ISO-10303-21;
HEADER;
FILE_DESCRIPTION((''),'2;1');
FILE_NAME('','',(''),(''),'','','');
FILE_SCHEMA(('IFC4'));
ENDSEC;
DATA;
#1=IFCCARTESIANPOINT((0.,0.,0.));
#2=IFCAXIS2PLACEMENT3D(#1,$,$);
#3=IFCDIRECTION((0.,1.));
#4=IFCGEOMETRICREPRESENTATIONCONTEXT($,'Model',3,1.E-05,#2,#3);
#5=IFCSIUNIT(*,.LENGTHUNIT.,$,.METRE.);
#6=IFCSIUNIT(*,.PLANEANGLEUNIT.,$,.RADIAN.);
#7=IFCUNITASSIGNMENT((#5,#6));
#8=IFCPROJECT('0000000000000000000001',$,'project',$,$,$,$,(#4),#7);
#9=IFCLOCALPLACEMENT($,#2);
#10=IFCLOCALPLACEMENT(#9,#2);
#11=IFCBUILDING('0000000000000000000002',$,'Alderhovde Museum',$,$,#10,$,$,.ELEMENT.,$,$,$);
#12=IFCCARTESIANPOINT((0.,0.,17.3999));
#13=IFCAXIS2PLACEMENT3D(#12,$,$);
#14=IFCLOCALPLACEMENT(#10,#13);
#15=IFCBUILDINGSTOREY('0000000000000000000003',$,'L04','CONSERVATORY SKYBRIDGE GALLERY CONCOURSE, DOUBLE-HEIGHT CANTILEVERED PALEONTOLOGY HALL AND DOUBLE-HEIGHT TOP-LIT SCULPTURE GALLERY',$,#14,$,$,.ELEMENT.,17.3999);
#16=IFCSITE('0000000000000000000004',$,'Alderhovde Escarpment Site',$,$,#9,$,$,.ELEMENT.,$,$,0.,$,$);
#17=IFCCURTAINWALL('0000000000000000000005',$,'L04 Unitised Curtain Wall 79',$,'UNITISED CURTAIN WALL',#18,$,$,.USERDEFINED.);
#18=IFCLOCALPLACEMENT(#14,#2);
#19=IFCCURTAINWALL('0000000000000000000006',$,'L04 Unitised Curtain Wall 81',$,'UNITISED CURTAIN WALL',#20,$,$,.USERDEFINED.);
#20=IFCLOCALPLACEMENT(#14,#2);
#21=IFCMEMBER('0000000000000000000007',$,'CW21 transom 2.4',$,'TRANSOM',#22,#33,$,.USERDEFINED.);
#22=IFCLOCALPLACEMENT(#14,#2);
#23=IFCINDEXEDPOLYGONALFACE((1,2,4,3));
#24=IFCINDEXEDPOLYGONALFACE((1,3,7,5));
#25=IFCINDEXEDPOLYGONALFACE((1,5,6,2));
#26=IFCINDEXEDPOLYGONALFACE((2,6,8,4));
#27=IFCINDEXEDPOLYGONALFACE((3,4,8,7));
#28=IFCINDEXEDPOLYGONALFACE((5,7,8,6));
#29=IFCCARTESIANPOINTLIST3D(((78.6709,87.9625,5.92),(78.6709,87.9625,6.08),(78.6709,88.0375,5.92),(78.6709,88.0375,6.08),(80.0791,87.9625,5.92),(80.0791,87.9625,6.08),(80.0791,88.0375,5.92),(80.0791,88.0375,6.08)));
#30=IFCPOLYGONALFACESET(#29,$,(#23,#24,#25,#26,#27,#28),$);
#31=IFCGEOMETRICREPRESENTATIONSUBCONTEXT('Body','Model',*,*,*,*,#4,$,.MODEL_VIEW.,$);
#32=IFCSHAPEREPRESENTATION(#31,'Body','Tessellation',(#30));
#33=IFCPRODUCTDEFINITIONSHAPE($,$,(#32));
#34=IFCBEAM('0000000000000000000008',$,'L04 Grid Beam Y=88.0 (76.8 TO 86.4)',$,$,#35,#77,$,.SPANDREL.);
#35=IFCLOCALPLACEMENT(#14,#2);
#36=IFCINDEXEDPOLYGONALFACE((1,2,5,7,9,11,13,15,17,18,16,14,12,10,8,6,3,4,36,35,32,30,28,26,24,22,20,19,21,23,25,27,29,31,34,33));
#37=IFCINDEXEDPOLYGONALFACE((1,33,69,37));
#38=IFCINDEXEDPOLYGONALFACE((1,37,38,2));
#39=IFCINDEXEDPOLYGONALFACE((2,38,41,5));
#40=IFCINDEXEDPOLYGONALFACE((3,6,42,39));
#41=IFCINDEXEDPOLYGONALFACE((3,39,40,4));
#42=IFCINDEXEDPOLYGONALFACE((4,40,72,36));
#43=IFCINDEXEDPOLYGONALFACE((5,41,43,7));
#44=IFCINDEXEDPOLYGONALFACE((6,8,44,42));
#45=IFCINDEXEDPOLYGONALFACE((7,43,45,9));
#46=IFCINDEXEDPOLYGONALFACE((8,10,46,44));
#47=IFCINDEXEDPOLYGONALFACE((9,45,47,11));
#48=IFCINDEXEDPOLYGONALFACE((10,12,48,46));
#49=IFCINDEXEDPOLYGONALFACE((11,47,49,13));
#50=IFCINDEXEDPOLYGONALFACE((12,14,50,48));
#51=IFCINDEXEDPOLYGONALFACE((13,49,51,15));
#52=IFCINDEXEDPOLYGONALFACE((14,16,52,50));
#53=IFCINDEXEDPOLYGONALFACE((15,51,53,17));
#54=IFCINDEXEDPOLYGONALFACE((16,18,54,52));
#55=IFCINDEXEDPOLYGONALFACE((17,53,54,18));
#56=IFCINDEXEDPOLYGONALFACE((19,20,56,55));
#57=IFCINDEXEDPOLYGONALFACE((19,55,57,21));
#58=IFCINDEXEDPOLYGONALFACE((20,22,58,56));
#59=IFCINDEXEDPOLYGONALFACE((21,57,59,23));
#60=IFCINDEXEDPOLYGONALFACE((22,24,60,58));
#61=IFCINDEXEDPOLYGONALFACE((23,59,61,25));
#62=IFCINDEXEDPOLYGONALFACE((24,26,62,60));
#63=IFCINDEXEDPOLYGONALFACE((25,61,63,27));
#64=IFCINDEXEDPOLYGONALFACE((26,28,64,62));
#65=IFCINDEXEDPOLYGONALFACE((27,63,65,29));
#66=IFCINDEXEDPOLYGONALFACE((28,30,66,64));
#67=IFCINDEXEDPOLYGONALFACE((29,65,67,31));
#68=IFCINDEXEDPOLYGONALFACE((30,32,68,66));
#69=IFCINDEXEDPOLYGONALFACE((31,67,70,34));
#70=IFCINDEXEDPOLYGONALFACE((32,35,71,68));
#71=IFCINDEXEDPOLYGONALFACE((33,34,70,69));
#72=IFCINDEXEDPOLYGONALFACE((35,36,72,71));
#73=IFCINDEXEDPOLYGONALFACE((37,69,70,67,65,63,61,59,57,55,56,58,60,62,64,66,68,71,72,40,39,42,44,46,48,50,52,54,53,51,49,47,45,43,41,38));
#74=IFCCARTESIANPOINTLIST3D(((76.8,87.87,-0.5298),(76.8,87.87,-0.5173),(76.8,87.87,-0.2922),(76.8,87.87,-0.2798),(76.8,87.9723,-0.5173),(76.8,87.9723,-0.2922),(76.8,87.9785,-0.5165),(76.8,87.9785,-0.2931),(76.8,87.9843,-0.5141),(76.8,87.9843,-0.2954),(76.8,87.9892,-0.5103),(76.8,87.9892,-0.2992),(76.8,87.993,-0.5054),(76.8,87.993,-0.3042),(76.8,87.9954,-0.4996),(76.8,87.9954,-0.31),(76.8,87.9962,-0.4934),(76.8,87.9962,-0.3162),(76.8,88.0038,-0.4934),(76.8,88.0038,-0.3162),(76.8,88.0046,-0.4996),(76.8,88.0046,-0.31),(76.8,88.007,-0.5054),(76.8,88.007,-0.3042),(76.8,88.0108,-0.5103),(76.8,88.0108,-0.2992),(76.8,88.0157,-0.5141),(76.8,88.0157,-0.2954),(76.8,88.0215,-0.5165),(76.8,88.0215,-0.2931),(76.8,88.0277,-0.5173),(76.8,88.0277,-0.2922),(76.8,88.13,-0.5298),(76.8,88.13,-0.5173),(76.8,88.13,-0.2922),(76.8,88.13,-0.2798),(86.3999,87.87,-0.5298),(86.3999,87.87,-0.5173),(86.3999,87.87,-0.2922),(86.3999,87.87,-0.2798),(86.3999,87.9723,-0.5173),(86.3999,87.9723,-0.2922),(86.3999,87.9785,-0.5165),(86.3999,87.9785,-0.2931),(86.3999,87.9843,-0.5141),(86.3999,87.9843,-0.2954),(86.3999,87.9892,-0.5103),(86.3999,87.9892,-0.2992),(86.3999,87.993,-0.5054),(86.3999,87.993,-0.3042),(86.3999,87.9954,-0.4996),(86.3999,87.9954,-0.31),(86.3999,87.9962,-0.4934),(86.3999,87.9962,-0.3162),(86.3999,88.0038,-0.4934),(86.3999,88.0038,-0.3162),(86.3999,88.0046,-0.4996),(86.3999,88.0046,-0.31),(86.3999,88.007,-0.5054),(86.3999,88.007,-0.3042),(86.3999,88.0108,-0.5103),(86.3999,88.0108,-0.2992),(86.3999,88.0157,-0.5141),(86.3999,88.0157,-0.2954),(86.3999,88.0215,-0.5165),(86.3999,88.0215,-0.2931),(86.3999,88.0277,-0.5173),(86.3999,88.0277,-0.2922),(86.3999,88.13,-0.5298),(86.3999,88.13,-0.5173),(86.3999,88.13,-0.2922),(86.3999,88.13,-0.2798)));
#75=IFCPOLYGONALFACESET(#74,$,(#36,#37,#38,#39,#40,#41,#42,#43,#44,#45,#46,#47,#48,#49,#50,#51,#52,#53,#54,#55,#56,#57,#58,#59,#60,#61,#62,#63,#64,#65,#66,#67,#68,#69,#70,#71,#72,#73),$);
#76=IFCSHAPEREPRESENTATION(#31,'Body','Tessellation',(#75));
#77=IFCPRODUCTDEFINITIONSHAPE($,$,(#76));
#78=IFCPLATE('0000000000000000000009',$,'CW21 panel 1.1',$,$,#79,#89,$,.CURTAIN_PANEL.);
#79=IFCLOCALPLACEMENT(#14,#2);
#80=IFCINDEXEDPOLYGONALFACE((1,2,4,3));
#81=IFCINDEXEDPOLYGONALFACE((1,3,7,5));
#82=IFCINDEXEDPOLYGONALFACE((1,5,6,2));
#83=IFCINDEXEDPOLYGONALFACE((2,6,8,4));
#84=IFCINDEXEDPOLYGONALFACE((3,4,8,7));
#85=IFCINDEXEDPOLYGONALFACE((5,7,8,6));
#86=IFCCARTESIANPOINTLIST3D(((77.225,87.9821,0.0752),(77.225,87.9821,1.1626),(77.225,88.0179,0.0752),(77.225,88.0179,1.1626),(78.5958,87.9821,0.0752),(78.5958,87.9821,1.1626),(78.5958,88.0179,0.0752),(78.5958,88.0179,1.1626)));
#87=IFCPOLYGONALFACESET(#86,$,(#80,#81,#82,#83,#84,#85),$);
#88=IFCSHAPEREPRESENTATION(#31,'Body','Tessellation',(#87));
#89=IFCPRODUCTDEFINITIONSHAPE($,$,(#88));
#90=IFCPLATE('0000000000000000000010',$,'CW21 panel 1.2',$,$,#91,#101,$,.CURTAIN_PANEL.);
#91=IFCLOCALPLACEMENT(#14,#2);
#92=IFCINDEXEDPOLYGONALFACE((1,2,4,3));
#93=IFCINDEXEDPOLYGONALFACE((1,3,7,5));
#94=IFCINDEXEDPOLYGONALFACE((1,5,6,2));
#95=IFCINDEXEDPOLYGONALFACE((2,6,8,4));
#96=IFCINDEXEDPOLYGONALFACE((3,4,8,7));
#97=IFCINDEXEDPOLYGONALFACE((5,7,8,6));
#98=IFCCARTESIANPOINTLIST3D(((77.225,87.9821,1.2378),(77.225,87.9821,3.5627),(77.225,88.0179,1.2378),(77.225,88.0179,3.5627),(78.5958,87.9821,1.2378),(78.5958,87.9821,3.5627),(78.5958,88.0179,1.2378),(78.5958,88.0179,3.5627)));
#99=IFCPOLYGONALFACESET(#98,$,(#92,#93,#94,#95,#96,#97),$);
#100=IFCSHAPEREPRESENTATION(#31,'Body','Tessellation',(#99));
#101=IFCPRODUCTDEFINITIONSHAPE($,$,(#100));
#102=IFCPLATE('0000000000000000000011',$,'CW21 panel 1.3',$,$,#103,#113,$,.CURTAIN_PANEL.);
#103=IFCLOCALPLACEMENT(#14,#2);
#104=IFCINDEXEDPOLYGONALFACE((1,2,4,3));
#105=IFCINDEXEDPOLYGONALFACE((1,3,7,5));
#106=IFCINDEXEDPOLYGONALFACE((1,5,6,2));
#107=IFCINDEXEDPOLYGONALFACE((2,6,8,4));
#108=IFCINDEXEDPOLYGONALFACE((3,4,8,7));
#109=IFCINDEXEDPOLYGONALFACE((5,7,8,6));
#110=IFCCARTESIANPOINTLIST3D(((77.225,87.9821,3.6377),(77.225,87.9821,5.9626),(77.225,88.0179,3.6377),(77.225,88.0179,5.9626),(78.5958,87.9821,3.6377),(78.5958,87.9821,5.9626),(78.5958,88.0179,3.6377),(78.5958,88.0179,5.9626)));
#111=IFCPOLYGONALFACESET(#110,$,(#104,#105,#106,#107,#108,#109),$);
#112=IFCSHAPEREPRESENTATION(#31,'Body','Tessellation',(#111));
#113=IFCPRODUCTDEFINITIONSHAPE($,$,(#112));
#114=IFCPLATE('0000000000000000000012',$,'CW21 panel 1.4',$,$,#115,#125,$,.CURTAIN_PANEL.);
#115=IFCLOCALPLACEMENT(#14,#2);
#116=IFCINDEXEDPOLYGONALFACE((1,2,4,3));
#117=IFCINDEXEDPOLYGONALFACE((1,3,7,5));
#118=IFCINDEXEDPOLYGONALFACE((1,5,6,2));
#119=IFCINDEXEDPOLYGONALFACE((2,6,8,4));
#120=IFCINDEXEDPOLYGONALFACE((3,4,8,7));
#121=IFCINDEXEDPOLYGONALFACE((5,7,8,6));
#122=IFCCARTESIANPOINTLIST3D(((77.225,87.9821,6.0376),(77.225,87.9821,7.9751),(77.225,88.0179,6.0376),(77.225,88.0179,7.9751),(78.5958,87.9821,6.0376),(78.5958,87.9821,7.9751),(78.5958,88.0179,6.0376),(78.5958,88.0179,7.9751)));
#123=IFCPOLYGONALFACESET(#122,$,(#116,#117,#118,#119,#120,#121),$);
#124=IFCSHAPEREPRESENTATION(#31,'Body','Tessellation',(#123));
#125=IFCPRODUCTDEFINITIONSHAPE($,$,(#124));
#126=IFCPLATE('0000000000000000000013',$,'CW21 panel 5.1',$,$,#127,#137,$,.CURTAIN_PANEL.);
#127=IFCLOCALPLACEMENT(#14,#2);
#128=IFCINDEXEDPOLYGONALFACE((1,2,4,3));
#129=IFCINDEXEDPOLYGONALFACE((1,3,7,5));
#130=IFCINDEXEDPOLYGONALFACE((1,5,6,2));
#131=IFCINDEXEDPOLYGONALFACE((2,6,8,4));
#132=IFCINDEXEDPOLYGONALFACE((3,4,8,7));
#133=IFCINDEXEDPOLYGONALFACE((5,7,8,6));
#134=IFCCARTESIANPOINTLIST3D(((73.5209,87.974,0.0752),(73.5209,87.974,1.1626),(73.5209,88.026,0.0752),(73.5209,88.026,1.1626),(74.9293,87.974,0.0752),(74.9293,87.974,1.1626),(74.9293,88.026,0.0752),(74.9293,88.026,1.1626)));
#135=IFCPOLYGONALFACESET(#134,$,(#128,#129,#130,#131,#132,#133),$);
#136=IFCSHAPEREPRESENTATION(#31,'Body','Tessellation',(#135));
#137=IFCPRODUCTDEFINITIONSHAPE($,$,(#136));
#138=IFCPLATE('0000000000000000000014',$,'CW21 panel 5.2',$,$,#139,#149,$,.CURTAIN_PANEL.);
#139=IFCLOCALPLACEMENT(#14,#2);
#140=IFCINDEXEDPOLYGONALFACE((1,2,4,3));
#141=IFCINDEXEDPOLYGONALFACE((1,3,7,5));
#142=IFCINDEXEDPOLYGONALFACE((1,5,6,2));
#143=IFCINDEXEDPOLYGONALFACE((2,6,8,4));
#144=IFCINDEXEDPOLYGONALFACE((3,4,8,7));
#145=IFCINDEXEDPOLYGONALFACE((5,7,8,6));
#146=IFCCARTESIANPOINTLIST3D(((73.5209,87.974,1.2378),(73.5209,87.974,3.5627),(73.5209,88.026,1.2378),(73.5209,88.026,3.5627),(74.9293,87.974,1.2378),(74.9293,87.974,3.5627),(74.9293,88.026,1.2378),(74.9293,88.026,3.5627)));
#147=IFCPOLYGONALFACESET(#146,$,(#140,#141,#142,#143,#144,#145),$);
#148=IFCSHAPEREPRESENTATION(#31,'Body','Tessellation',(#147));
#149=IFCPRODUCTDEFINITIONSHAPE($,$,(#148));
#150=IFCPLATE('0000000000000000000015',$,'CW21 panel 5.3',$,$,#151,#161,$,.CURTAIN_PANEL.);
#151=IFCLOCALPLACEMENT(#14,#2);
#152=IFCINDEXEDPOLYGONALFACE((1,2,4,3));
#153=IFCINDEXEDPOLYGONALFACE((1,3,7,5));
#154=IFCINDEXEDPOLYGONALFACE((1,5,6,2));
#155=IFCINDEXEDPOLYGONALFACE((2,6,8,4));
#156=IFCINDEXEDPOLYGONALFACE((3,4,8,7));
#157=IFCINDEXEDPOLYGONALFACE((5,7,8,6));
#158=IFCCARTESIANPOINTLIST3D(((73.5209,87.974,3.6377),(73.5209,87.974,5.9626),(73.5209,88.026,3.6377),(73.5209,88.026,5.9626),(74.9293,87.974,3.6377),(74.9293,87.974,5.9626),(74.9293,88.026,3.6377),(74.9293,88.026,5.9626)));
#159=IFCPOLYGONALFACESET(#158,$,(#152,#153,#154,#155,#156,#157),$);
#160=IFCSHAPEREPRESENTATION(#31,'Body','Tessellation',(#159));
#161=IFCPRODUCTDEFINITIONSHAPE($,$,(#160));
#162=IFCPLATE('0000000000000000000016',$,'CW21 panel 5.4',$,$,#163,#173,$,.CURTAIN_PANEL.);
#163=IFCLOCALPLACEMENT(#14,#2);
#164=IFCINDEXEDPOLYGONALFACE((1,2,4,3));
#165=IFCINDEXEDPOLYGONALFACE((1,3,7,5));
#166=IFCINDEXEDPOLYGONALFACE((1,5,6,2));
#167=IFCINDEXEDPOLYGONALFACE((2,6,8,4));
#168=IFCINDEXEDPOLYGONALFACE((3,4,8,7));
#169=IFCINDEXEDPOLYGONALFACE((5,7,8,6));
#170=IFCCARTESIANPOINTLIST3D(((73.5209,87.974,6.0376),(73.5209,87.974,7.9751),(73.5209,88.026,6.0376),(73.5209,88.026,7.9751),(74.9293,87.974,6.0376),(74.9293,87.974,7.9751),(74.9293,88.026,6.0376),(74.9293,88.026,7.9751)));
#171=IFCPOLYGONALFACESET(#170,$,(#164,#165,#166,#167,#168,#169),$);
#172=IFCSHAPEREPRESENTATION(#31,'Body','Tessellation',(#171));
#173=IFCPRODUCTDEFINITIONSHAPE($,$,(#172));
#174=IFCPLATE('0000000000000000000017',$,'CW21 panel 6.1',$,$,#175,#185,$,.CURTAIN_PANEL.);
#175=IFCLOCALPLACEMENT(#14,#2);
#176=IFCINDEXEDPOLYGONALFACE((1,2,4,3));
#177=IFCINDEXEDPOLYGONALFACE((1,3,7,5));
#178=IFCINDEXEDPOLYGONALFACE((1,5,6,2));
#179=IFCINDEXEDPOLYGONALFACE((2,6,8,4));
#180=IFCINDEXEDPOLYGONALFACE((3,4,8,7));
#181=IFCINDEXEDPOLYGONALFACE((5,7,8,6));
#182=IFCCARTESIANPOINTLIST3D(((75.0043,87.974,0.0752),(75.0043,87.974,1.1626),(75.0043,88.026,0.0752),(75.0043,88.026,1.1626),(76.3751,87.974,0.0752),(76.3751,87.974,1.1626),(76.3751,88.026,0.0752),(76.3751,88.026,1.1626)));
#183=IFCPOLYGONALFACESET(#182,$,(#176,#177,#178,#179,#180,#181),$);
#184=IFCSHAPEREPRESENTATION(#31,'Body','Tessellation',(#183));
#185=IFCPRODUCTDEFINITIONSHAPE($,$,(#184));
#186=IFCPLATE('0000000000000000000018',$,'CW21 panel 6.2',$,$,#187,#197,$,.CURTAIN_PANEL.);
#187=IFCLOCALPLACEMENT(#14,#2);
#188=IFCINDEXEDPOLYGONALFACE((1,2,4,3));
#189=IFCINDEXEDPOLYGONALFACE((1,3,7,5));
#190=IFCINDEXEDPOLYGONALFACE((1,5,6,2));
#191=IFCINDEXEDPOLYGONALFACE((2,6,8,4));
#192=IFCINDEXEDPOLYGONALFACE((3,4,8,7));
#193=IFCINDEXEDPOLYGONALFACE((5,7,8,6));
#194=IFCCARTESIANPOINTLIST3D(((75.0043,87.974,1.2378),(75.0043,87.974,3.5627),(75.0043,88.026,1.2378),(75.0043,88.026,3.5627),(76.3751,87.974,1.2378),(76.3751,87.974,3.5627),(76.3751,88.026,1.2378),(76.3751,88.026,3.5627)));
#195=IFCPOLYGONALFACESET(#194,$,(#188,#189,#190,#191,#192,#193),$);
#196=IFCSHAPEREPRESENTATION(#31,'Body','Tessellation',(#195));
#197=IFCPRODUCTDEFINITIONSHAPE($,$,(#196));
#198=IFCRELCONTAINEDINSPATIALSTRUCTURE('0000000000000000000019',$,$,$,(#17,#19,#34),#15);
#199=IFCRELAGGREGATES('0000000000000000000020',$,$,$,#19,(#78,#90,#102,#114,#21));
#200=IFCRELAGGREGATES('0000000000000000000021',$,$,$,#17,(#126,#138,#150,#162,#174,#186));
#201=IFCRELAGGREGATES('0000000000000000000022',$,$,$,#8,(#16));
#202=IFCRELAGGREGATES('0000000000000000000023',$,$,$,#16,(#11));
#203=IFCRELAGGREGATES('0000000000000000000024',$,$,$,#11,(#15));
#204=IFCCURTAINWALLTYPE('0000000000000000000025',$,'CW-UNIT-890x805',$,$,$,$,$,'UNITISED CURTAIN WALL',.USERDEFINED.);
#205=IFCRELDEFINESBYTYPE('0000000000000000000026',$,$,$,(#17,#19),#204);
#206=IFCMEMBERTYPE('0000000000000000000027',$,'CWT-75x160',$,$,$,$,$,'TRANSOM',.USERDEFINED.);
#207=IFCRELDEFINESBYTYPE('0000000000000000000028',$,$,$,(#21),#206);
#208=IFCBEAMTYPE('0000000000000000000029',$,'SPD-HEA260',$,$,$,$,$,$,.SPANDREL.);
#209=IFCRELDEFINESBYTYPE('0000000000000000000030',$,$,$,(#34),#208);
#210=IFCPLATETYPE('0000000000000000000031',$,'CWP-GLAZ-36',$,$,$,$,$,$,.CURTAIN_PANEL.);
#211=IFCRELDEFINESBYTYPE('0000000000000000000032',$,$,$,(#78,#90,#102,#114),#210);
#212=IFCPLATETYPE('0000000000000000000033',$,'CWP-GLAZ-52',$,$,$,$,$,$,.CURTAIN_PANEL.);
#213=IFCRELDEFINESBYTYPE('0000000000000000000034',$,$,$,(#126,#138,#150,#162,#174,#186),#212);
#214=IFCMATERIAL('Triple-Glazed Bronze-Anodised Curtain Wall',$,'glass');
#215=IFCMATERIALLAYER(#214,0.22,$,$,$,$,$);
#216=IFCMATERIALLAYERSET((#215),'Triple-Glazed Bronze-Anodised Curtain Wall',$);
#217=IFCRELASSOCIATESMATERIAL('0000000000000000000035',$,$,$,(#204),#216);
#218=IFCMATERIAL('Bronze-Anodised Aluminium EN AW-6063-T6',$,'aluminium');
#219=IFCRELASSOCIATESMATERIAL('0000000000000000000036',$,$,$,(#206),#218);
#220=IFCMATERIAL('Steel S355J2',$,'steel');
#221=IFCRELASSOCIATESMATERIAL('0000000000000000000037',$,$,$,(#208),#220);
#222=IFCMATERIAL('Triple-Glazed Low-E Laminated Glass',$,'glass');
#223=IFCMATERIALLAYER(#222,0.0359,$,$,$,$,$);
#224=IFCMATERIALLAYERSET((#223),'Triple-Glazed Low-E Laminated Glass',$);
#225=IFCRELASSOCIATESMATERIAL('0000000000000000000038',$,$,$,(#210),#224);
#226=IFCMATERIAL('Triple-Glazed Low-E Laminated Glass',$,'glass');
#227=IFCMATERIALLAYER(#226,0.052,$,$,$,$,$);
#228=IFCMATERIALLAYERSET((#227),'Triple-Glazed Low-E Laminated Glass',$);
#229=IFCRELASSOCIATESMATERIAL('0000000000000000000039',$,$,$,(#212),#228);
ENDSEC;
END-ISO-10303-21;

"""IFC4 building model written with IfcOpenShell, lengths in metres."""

from ifc_helpers import new_model, si_unit, direction, frame, origin, origin_2d, place, context, subcontext, project, spatial, rectangle, i_section, extrude, material, layer, layer_set, material_profile, profile_set, type_object, element, aggregate, save


model = new_model("IFC4")

# Units and contexts
model_context = context("Model", 3, precision=1e-05, world=origin(), true_north=direction((0.0, 1.0)))
body_context = subcontext(model_context, "Body", "Model", "MODEL_VIEW")
ifc_project = project(units=[si_unit("LENGTHUNIT", "METRE"), si_unit("PLANEANGLEUNIT", "RADIAN")], contexts=[model_context])

# Site, building, storey
site_placement = place(None, origin())
site = spatial("IfcSite", under=ifc_project, at=site_placement, Name="Alderhovde Escarpment Site", CompositionType="ELEMENT", RefElevation=0.0)
building_placement = place(site_placement, origin())
building = spatial("IfcBuilding", under=site, at=building_placement, Name="Alderhovde Museum", CompositionType="ELEMENT")
storey_placement = place(building_placement, frame((0.0, 0.0, 17.3999)))
storey = spatial("IfcBuildingStorey", under=building, at=storey_placement, Name="L04", Description="CONSERVATORY SKYBRIDGE GALLERY CONCOURSE, DOUBLE-HEIGHT CANTILEVERED PALEONTOLOGY HALL AND DOUBLE-HEIGHT TOP-LIT SCULPTURE GALLERY", CompositionType="ELEMENT", Elevation=17.3999)

# Curtain walls
ifc_material_1 = material(Name="Triple-Glazed Bronze-Anodised Curtain Wall", Category="glass")
ifc_layer_1 = layer(ifc_material_1, 0.22)
ifc_layer_set_1 = layer_set([ifc_layer_1], Name="Triple-Glazed Bronze-Anodised Curtain Wall")
curtain_wall_type = type_object("IfcCurtainWallType", Name="CW-UNIT-890x805", ElementType="UNITISED CURTAIN WALL", PredefinedType="USERDEFINED", material=ifc_layer_set_1)
curtain_wall_1_placement = place(storey_placement, origin())
curtain_wall_1 = element("IfcCurtainWall", 1, at=curtain_wall_1_placement, inside=storey, type_object=curtain_wall_type, Name="L04 Unitised Curtain Wall 79", ObjectType="UNITISED CURTAIN WALL", PredefinedType="USERDEFINED")
curtain_wall_2_placement = place(storey_placement, origin())
curtain_wall_2 = element("IfcCurtainWall", 2, at=curtain_wall_2_placement, inside=storey, type_object=curtain_wall_type, Name="L04 Unitised Curtain Wall 81", ObjectType="UNITISED CURTAIN WALL", PredefinedType="USERDEFINED")

# Member
ifc_material_2 = material(Name="Bronze-Anodised Aluminium EN AW-6063-T6", Category="aluminium")
ifc_material_profile_1 = material_profile(ifc_material_2, rectangle(XDim=0.075, YDim=0.1599, at=origin_2d()), Name="TRANSOM 75x160")
ifc_profile_set_1 = profile_set([ifc_material_profile_1], Name="Bronze-Anodised Aluminium EN AW-6063-T6")
member_type_1 = type_object("IfcMemberType", Name="CWT-75x160", ElementType="TRANSOM", PredefinedType="USERDEFINED", material=ifc_profile_set_1)
member_1_placement = place(storey_placement, frame((78.6709, 88.0, 6.0), z_axis=(1.0, 0.0, 0.0), x_axis=(0.0, 1.0, 0.0)))
member_1 = element("IfcMember", 3, at=member_1_placement, type_object=member_type_1, Name="CW21 transom 2.4", ObjectType="TRANSOM", PredefinedType="USERDEFINED", context=body_context, shape_type="SweptSolid", body=[
    extrude(rectangle(XDim=0.075, YDim=0.1599, at=origin_2d()), origin(), (0.0, 0.0, 1.0), 1.4082),
])

# Beam
ifc_material_3 = material(Name="Steel S355J2", Category="steel")
ifc_material_profile_2 = material_profile(ifc_material_3, i_section(OverallWidth=0.26, OverallDepth=0.25, WebThickness=0.0076, FlangeThickness=0.0125, FilletRadius=0.0239, at=origin_2d()), Name="HEA 260")
ifc_profile_set_2 = profile_set([ifc_material_profile_2], Name="Steel S355J2")
beam_type_1 = type_object("IfcBeamType", Name="SPD-HEA260", PredefinedType="SPANDREL", material=ifc_profile_set_2)
beam_1_placement = place(storey_placement, frame((76.8, 88.0, -0.4048), z_axis=(1.0, 0.0, 0.0), x_axis=(0.0, 1.0, 0.0)))
element("IfcBeam", 4, at=beam_1_placement, inside=storey, type_object=beam_type_1, Name="L04 Grid Beam Y=88.0 (76.8 TO 86.4)", PredefinedType="SPANDREL", context=body_context, shape_type="SweptSolid", body=[
    extrude(i_section(OverallWidth=0.26, OverallDepth=0.25, WebThickness=0.0076, FlangeThickness=0.0125, FilletRadius=0.0239, at=origin_2d()), origin(), (0.0, 0.0, 1.0), 9.5999),
])

# Plates
ifc_material_4 = material(Name="Triple-Glazed Low-E Laminated Glass", Category="glass")
ifc_layer_2 = layer(ifc_material_4, 0.0359)
ifc_layer_set_2 = layer_set([ifc_layer_2], Name="Triple-Glazed Low-E Laminated Glass")
plate_type_1 = type_object("IfcPlateType", Name="CWP-GLAZ-36", PredefinedType="CURTAIN_PANEL", material=ifc_layer_set_2)
plate_1_placement = place(storey_placement, frame((77.9104, 88.0, 0.0752), z_axis=(0.0, 0.0, 1.0), x_axis=(1.0, 0.0, 0.0)))
plate_1 = element("IfcPlate", 5, at=plate_1_placement, type_object=plate_type_1, Name="CW21 panel 1.1", PredefinedType="CURTAIN_PANEL", context=body_context, shape_type="SweptSolid", body=[
    extrude(rectangle(XDim=1.3708, YDim=0.0359, at=origin_2d()), origin(), (0.0, 0.0, 1.0), 1.0874),
])
plate_2_placement = place(storey_placement, frame((77.9104, 88.0, 1.2378), z_axis=(0.0, 0.0, 1.0), x_axis=(1.0, 0.0, 0.0)))
plate_2 = element("IfcPlate", 6, at=plate_2_placement, type_object=plate_type_1, Name="CW21 panel 1.2", PredefinedType="CURTAIN_PANEL", context=body_context, shape_type="SweptSolid", body=[
    extrude(rectangle(XDim=1.3708, YDim=0.0359, at=origin_2d()), origin(), (0.0, 0.0, 1.0), 2.325),
])
plate_3_placement = place(storey_placement, frame((77.9104, 88.0, 3.6377), z_axis=(0.0, 0.0, 1.0), x_axis=(1.0, 0.0, 0.0)))
plate_3 = element("IfcPlate", 7, at=plate_3_placement, type_object=plate_type_1, Name="CW21 panel 1.3", PredefinedType="CURTAIN_PANEL", context=body_context, shape_type="SweptSolid", body=[
    extrude(rectangle(XDim=1.3708, YDim=0.0359, at=origin_2d()), origin(), (0.0, 0.0, 1.0), 2.325),
])
plate_4_placement = place(storey_placement, frame((77.9104, 88.0, 6.0376), z_axis=(0.0, 0.0, 1.0), x_axis=(1.0, 0.0, 0.0)))
plate_4 = element("IfcPlate", 8, at=plate_4_placement, type_object=plate_type_1, Name="CW21 panel 1.4", PredefinedType="CURTAIN_PANEL", context=body_context, shape_type="SweptSolid", body=[
    extrude(rectangle(XDim=1.3708, YDim=0.0359, at=origin_2d()), origin(), (0.0, 0.0, 1.0), 1.9375),
])
aggregate(curtain_wall_2, [plate_1, plate_2, plate_3, plate_4, member_1])
ifc_material_5 = material(Name="Triple-Glazed Low-E Laminated Glass", Category="glass")
ifc_layer_3 = layer(ifc_material_5, 0.052)
ifc_layer_set_3 = layer_set([ifc_layer_3], Name="Triple-Glazed Low-E Laminated Glass")
plate_type_2 = type_object("IfcPlateType", Name="CWP-GLAZ-52", PredefinedType="CURTAIN_PANEL", material=ifc_layer_set_3)
plate_5_placement = place(storey_placement, frame((74.2251, 88.0, 0.0752), z_axis=(0.0, 0.0, 1.0), x_axis=(1.0, 0.0, 0.0)))
plate_5 = element("IfcPlate", 9, at=plate_5_placement, type_object=plate_type_2, Name="CW21 panel 5.1", PredefinedType="CURTAIN_PANEL", context=body_context, shape_type="SweptSolid", body=[
    extrude(rectangle(XDim=1.4084, YDim=0.052, at=origin_2d()), origin(), (0.0, 0.0, 1.0), 1.0874),
])
plate_6_placement = place(storey_placement, frame((74.2251, 88.0, 1.2378), z_axis=(0.0, 0.0, 1.0), x_axis=(1.0, 0.0, 0.0)))
plate_6 = element("IfcPlate", 10, at=plate_6_placement, type_object=plate_type_2, Name="CW21 panel 5.2", PredefinedType="CURTAIN_PANEL", context=body_context, shape_type="SweptSolid", body=[
    extrude(rectangle(XDim=1.4084, YDim=0.052, at=origin_2d()), origin(), (0.0, 0.0, 1.0), 2.325),
])
plate_7_placement = place(storey_placement, frame((74.2251, 88.0, 3.6377), z_axis=(0.0, 0.0, 1.0), x_axis=(1.0, 0.0, 0.0)))
plate_7 = element("IfcPlate", 11, at=plate_7_placement, type_object=plate_type_2, Name="CW21 panel 5.3", PredefinedType="CURTAIN_PANEL", context=body_context, shape_type="SweptSolid", body=[
    extrude(rectangle(XDim=1.4084, YDim=0.052, at=origin_2d()), origin(), (0.0, 0.0, 1.0), 2.325),
])
plate_8_placement = place(storey_placement, frame((74.2251, 88.0, 6.0376), z_axis=(0.0, 0.0, 1.0), x_axis=(1.0, 0.0, 0.0)))
plate_8 = element("IfcPlate", 12, at=plate_8_placement, type_object=plate_type_2, Name="CW21 panel 5.4", PredefinedType="CURTAIN_PANEL", context=body_context, shape_type="SweptSolid", body=[
    extrude(rectangle(XDim=1.4084, YDim=0.052, at=origin_2d()), origin(), (0.0, 0.0, 1.0), 1.9375),
])
plate_9_placement = place(storey_placement, frame((75.6897, 88.0, 0.0752), z_axis=(0.0, 0.0, 1.0), x_axis=(1.0, 0.0, 0.0)))
plate_9 = element("IfcPlate", 13, at=plate_9_placement, type_object=plate_type_2, Name="CW21 panel 6.1", PredefinedType="CURTAIN_PANEL", context=body_context, shape_type="SweptSolid", body=[
    extrude(rectangle(XDim=1.3708, YDim=0.052, at=origin_2d()), origin(), (0.0, 0.0, 1.0), 1.0874),
])
plate_10_placement = place(storey_placement, frame((75.6897, 88.0, 1.2378), z_axis=(0.0, 0.0, 1.0), x_axis=(1.0, 0.0, 0.0)))
plate_10 = element("IfcPlate", 14, at=plate_10_placement, type_object=plate_type_2, Name="CW21 panel 6.2", PredefinedType="CURTAIN_PANEL", context=body_context, shape_type="SweptSolid", body=[
    extrude(rectangle(XDim=1.3708, YDim=0.052, at=origin_2d()), origin(), (0.0, 0.0, 1.0), 2.325),
])
aggregate(curtain_wall_1, [plate_5, plate_6, plate_7, plate_8, plate_9, plate_10])

save(model, "model.ifc")
